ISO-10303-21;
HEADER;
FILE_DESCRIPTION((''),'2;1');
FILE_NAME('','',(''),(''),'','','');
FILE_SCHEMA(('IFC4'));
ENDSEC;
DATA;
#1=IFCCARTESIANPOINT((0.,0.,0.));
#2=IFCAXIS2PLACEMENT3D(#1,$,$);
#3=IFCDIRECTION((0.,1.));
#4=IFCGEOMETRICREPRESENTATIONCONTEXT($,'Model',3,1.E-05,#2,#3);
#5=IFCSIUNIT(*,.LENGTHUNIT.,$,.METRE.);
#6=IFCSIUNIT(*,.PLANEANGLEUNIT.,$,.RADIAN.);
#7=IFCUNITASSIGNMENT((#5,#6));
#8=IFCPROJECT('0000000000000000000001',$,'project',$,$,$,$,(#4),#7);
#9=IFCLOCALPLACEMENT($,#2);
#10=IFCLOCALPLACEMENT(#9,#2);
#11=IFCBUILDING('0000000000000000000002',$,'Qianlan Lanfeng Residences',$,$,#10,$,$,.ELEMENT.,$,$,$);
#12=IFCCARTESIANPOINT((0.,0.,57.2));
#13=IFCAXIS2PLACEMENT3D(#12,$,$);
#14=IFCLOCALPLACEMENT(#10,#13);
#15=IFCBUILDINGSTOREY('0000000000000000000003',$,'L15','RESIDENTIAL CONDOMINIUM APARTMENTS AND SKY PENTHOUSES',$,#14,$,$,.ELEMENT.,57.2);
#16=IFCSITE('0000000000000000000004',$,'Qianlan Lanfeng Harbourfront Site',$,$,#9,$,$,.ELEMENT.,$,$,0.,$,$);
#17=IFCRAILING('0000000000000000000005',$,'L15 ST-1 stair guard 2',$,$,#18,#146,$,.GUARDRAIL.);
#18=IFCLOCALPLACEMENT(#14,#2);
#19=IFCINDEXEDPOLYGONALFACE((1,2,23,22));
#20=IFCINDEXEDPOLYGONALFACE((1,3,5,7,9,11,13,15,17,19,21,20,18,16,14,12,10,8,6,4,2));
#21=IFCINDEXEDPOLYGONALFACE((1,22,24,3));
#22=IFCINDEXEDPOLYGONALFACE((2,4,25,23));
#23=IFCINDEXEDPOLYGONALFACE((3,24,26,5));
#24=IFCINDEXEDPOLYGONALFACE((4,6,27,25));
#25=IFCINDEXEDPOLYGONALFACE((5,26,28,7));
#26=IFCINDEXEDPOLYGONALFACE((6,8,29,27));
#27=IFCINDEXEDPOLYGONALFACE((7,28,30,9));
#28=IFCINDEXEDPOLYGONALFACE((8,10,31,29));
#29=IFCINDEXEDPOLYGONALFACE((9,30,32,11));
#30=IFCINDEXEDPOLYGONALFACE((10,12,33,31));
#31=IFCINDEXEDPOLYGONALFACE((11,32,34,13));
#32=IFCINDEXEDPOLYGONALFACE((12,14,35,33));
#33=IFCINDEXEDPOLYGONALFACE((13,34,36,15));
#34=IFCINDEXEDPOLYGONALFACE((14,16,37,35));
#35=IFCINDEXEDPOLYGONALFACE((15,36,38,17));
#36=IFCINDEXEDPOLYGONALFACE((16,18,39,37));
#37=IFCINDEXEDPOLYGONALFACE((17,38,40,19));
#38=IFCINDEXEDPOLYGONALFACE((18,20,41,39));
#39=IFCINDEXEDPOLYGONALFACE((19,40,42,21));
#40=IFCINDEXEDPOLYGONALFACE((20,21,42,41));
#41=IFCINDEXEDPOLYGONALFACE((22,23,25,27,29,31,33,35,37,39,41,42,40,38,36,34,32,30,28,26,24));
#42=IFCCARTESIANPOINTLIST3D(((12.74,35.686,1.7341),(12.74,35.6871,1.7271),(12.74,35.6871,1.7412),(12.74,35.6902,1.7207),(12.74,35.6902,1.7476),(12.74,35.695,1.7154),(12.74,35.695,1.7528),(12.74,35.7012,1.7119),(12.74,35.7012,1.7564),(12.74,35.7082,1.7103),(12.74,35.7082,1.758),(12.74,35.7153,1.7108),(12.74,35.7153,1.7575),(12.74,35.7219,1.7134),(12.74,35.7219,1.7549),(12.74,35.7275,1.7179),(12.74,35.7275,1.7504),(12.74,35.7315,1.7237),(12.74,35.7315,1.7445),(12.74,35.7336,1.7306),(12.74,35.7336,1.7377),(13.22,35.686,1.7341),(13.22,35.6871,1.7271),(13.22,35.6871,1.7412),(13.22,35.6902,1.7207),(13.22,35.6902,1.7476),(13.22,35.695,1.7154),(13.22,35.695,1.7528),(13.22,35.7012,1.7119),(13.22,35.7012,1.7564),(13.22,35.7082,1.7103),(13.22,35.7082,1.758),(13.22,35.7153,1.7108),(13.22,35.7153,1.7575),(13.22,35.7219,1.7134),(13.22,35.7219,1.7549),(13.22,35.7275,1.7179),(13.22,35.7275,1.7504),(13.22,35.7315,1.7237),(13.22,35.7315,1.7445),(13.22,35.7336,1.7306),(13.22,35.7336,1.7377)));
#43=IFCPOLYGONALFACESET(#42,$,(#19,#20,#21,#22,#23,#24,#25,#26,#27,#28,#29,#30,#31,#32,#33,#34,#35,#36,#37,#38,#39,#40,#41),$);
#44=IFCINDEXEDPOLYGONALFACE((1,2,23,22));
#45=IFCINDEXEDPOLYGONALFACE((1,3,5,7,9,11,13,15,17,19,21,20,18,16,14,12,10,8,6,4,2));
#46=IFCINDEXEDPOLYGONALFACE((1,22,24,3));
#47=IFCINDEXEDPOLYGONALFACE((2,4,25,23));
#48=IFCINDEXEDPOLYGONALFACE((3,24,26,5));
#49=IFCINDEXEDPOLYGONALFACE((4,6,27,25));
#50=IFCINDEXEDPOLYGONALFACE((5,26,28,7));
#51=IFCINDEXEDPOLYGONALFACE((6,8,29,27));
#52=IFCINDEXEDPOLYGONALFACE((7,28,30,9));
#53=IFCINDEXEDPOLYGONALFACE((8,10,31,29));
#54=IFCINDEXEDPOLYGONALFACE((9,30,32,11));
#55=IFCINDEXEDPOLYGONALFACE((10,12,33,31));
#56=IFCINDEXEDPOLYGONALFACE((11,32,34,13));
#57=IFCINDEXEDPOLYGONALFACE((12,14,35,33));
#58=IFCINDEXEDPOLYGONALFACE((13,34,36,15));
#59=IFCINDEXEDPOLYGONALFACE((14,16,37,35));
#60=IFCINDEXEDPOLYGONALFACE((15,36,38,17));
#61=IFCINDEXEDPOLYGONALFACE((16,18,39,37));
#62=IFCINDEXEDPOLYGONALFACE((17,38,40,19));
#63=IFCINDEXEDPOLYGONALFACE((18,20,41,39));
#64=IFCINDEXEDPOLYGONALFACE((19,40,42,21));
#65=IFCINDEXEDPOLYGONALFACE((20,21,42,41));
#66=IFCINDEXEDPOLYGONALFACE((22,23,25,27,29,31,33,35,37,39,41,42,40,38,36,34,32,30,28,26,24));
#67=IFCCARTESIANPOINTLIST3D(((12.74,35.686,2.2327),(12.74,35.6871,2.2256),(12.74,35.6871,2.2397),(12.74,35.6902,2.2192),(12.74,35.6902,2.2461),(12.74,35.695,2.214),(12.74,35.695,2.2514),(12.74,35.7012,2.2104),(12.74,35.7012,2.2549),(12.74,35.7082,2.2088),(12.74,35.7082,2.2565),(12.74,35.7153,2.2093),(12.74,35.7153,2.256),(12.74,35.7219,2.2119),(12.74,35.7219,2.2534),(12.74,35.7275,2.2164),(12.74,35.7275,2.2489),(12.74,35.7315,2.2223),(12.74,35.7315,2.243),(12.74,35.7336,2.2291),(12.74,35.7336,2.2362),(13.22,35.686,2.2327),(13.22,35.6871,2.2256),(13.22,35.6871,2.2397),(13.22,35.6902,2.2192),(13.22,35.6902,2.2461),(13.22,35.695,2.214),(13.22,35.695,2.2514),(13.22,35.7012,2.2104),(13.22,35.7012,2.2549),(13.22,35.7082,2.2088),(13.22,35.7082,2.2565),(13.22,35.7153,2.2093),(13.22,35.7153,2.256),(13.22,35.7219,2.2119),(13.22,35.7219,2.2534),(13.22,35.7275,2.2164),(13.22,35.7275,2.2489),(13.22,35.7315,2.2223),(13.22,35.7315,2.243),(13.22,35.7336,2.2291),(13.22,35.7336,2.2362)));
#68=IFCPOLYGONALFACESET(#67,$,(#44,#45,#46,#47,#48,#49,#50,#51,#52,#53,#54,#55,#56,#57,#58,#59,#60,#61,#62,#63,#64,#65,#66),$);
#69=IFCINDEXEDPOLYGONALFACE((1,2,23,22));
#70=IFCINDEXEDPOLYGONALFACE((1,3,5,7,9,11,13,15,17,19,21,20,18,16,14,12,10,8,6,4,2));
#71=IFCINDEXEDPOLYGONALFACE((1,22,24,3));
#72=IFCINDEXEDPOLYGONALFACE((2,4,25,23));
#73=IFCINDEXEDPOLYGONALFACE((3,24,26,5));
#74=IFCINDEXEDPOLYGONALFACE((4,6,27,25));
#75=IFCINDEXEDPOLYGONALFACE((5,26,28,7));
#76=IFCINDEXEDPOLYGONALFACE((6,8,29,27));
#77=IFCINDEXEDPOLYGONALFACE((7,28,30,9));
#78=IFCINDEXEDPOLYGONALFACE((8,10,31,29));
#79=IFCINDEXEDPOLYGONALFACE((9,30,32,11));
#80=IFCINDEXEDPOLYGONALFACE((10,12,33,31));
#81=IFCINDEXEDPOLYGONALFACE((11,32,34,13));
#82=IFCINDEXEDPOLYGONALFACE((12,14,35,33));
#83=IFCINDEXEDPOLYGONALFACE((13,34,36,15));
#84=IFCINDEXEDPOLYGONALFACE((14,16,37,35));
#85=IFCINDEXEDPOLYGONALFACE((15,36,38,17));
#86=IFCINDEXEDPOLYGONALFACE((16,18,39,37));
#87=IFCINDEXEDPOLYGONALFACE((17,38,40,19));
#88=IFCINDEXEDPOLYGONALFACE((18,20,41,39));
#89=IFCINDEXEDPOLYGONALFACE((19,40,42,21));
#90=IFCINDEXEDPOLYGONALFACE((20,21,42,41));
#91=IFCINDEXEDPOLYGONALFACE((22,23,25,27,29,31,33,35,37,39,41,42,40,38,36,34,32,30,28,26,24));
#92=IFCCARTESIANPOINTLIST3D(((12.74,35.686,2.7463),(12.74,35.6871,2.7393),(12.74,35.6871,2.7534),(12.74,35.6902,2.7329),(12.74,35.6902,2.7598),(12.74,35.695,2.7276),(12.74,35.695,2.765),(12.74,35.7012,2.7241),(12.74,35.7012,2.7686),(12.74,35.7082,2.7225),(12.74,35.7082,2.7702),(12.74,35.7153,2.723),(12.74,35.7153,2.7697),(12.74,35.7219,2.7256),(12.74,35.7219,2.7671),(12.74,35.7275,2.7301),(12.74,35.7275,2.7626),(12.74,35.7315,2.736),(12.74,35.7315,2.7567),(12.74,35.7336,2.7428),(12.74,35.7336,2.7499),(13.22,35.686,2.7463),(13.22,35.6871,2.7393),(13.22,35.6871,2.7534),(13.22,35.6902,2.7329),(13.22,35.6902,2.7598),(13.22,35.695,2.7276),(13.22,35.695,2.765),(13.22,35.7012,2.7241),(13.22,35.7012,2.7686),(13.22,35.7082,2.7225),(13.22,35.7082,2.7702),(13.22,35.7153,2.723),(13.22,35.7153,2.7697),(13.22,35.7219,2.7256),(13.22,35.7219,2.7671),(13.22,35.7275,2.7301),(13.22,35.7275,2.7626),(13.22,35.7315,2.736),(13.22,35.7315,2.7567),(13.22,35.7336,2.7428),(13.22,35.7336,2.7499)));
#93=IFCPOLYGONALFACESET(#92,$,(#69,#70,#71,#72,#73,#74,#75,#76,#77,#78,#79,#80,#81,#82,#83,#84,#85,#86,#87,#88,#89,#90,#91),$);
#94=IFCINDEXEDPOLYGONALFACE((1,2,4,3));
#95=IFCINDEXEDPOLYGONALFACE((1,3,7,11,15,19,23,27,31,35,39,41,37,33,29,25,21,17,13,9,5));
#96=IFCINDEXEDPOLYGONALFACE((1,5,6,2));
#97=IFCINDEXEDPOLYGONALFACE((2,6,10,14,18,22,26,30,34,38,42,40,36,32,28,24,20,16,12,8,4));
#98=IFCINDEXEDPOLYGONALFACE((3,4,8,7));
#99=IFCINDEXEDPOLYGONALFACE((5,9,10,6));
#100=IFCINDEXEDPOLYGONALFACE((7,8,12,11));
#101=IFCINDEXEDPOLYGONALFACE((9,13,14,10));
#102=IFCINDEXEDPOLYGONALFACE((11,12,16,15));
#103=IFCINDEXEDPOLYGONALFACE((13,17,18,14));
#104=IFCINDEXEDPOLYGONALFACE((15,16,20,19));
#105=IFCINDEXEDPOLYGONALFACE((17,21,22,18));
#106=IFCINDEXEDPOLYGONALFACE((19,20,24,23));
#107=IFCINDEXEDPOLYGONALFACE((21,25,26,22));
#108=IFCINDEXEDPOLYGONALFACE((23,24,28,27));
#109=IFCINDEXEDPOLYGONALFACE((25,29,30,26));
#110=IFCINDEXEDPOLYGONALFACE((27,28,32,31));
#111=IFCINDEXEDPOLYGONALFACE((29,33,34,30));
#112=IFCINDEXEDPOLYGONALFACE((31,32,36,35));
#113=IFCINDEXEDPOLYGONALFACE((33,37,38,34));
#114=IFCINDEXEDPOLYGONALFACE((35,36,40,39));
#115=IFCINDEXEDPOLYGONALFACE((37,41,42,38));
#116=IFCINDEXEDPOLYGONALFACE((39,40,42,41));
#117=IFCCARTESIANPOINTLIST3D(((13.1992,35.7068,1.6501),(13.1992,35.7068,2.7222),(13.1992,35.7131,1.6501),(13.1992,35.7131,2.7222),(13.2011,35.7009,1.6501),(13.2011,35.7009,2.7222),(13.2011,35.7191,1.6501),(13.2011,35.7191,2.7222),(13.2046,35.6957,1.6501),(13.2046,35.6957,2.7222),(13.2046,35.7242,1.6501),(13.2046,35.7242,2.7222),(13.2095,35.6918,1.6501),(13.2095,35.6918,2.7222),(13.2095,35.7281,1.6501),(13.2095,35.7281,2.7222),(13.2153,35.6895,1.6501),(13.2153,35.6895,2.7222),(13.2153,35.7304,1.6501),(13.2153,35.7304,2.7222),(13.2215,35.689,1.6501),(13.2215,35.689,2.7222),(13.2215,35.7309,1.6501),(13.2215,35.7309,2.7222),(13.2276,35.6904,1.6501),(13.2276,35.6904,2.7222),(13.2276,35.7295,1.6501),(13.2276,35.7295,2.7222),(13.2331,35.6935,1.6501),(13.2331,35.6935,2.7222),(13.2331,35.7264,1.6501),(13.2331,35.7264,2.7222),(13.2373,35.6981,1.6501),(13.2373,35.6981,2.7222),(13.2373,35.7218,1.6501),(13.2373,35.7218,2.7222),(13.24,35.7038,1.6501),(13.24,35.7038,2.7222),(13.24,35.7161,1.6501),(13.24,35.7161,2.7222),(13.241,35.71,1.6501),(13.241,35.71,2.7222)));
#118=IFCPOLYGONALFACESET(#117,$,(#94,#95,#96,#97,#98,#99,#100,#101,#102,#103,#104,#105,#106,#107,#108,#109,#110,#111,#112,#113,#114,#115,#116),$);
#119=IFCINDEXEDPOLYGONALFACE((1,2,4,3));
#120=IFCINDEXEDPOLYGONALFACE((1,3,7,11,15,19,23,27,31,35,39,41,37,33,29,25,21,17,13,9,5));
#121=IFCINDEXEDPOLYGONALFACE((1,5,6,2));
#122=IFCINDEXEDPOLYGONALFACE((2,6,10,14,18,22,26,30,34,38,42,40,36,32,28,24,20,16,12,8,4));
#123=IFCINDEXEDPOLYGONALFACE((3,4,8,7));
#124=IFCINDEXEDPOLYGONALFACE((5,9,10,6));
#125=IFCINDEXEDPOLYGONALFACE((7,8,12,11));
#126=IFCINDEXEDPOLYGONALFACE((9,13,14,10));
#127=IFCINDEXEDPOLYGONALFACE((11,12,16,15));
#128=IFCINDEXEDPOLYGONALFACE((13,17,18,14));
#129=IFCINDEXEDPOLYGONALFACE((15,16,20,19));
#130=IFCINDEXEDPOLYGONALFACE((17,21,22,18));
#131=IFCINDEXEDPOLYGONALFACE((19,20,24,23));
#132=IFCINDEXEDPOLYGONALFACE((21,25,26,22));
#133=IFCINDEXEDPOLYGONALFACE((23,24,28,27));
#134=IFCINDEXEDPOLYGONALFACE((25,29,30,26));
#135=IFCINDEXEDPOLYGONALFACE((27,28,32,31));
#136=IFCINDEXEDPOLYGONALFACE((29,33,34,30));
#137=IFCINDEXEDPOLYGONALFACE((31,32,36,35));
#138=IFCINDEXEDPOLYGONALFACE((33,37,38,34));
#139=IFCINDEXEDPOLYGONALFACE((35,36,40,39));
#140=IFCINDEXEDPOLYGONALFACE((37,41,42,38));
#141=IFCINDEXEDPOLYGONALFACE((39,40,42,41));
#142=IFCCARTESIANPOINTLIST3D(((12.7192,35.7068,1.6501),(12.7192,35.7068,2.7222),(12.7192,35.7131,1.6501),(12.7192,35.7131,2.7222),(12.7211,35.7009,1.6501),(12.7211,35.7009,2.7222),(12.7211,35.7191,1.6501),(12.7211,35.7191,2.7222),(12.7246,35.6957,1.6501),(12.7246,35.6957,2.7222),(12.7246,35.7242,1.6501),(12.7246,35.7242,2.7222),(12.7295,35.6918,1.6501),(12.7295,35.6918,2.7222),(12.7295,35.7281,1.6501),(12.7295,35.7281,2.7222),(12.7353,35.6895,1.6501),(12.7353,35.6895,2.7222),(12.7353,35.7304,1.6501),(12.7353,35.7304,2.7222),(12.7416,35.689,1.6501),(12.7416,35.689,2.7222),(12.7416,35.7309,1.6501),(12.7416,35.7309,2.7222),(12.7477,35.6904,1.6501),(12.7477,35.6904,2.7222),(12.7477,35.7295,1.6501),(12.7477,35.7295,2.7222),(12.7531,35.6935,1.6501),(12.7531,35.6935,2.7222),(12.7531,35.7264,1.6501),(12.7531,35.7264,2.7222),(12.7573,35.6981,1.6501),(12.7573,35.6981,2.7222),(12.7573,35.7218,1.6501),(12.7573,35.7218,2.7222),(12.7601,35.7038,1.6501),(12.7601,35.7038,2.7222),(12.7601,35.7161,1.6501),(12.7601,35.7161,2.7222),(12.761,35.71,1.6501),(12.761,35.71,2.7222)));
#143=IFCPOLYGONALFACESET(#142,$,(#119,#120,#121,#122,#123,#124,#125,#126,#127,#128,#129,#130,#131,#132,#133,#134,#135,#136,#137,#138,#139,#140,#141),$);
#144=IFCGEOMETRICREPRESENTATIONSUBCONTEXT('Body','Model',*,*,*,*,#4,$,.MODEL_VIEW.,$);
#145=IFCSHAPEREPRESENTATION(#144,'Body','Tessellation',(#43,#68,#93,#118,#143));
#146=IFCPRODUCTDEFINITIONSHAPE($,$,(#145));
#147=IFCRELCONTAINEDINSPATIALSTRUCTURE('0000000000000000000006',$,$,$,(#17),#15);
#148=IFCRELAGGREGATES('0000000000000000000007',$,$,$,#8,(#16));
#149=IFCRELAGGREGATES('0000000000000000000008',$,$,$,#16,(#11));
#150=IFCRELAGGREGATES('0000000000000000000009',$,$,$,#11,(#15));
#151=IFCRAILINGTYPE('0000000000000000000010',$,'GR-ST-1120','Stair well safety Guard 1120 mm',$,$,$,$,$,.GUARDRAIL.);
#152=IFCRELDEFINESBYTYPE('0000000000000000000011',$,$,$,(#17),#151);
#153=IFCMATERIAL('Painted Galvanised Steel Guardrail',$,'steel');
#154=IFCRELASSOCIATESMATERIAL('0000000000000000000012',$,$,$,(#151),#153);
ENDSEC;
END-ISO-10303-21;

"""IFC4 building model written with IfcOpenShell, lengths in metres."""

from ifc_helpers import new_model, si_unit, direction, frame, origin, origin_2d, place, context, subcontext, project, spatial, circle, extrude, material, type_object, element, save


model = new_model("IFC4")

# Units and contexts
model_context = context("Model", 3, precision=1e-05, world=origin(), true_north=direction((0.0, 1.0)))
body_context = subcontext(model_context, "Body", "Model", "MODEL_VIEW")
ifc_project = project(units=[si_unit("LENGTHUNIT", "METRE"), si_unit("PLANEANGLEUNIT", "RADIAN")], contexts=[model_context])

# Site, building, storey
site_placement = place(None, origin())
site = spatial("IfcSite", under=ifc_project, at=site_placement, Name="Qianlan Lanfeng Harbourfront Site", CompositionType="ELEMENT", RefElevation=0.0)
building_placement = place(site_placement, origin())
building = spatial("IfcBuilding", under=site, at=building_placement, Name="Qianlan Lanfeng Residences", CompositionType="ELEMENT")
storey_placement = place(building_placement, frame((0.0, 0.0, 57.2)))
storey = spatial("IfcBuildingStorey", under=building, at=storey_placement, Name="L15", Description="RESIDENTIAL CONDOMINIUM APARTMENTS AND SKY PENTHOUSES", CompositionType="ELEMENT", Elevation=57.2)

# Railing
ifc_material_1 = material(Name="Painted Galvanised Steel Guardrail", Category="steel")
railing_type_1 = type_object("IfcRailingType", Name="GR-ST-1120", Description="Stair well safety Guard 1120 mm", PredefinedType="GUARDRAIL", material=ifc_material_1)
railing_1_placement = place(storey_placement, frame((13.22, 35.71, 1.6501)))
element("IfcRailing", 1, at=railing_1_placement, inside=storey, type_object=railing_type_1, Name="L15 ST-1 stair guard 2", PredefinedType="GUARDRAIL", context=body_context, shape_type="SweptSolid", body=[
    extrude(circle(Radius=0.0239, at=origin_2d()), frame((0.0, 0.0, 0.084), z_axis=(-1.0, 0.0, 0.0), x_axis=(0.0, -1.0, 0.0)), (0.0, 0.0, 1.0), 0.48),
    extrude(circle(Radius=0.0239, at=origin_2d()), frame((0.0, 0.0, 0.5825), z_axis=(-1.0, 0.0, 0.0), x_axis=(0.0, -1.0, 0.0)), (0.0, 0.0, 1.0), 0.48),
    extrude(circle(Radius=0.0239, at=origin_2d()), frame((0.0, 0.0, 1.0962), z_axis=(-1.0, 0.0, 0.0), x_axis=(0.0, -1.0, 0.0)), (0.0, 0.0, 1.0), 0.48),
    extrude(circle(Radius=0.021, at=origin_2d()), origin(), (0.0, 0.0, 1.0), 1.072),
    extrude(circle(Radius=0.021, at=origin_2d()), frame((-0.48, 0.0, 0.0)), (0.0, 0.0, 1.0), 1.072),
])

save(model, "model.ifc")
